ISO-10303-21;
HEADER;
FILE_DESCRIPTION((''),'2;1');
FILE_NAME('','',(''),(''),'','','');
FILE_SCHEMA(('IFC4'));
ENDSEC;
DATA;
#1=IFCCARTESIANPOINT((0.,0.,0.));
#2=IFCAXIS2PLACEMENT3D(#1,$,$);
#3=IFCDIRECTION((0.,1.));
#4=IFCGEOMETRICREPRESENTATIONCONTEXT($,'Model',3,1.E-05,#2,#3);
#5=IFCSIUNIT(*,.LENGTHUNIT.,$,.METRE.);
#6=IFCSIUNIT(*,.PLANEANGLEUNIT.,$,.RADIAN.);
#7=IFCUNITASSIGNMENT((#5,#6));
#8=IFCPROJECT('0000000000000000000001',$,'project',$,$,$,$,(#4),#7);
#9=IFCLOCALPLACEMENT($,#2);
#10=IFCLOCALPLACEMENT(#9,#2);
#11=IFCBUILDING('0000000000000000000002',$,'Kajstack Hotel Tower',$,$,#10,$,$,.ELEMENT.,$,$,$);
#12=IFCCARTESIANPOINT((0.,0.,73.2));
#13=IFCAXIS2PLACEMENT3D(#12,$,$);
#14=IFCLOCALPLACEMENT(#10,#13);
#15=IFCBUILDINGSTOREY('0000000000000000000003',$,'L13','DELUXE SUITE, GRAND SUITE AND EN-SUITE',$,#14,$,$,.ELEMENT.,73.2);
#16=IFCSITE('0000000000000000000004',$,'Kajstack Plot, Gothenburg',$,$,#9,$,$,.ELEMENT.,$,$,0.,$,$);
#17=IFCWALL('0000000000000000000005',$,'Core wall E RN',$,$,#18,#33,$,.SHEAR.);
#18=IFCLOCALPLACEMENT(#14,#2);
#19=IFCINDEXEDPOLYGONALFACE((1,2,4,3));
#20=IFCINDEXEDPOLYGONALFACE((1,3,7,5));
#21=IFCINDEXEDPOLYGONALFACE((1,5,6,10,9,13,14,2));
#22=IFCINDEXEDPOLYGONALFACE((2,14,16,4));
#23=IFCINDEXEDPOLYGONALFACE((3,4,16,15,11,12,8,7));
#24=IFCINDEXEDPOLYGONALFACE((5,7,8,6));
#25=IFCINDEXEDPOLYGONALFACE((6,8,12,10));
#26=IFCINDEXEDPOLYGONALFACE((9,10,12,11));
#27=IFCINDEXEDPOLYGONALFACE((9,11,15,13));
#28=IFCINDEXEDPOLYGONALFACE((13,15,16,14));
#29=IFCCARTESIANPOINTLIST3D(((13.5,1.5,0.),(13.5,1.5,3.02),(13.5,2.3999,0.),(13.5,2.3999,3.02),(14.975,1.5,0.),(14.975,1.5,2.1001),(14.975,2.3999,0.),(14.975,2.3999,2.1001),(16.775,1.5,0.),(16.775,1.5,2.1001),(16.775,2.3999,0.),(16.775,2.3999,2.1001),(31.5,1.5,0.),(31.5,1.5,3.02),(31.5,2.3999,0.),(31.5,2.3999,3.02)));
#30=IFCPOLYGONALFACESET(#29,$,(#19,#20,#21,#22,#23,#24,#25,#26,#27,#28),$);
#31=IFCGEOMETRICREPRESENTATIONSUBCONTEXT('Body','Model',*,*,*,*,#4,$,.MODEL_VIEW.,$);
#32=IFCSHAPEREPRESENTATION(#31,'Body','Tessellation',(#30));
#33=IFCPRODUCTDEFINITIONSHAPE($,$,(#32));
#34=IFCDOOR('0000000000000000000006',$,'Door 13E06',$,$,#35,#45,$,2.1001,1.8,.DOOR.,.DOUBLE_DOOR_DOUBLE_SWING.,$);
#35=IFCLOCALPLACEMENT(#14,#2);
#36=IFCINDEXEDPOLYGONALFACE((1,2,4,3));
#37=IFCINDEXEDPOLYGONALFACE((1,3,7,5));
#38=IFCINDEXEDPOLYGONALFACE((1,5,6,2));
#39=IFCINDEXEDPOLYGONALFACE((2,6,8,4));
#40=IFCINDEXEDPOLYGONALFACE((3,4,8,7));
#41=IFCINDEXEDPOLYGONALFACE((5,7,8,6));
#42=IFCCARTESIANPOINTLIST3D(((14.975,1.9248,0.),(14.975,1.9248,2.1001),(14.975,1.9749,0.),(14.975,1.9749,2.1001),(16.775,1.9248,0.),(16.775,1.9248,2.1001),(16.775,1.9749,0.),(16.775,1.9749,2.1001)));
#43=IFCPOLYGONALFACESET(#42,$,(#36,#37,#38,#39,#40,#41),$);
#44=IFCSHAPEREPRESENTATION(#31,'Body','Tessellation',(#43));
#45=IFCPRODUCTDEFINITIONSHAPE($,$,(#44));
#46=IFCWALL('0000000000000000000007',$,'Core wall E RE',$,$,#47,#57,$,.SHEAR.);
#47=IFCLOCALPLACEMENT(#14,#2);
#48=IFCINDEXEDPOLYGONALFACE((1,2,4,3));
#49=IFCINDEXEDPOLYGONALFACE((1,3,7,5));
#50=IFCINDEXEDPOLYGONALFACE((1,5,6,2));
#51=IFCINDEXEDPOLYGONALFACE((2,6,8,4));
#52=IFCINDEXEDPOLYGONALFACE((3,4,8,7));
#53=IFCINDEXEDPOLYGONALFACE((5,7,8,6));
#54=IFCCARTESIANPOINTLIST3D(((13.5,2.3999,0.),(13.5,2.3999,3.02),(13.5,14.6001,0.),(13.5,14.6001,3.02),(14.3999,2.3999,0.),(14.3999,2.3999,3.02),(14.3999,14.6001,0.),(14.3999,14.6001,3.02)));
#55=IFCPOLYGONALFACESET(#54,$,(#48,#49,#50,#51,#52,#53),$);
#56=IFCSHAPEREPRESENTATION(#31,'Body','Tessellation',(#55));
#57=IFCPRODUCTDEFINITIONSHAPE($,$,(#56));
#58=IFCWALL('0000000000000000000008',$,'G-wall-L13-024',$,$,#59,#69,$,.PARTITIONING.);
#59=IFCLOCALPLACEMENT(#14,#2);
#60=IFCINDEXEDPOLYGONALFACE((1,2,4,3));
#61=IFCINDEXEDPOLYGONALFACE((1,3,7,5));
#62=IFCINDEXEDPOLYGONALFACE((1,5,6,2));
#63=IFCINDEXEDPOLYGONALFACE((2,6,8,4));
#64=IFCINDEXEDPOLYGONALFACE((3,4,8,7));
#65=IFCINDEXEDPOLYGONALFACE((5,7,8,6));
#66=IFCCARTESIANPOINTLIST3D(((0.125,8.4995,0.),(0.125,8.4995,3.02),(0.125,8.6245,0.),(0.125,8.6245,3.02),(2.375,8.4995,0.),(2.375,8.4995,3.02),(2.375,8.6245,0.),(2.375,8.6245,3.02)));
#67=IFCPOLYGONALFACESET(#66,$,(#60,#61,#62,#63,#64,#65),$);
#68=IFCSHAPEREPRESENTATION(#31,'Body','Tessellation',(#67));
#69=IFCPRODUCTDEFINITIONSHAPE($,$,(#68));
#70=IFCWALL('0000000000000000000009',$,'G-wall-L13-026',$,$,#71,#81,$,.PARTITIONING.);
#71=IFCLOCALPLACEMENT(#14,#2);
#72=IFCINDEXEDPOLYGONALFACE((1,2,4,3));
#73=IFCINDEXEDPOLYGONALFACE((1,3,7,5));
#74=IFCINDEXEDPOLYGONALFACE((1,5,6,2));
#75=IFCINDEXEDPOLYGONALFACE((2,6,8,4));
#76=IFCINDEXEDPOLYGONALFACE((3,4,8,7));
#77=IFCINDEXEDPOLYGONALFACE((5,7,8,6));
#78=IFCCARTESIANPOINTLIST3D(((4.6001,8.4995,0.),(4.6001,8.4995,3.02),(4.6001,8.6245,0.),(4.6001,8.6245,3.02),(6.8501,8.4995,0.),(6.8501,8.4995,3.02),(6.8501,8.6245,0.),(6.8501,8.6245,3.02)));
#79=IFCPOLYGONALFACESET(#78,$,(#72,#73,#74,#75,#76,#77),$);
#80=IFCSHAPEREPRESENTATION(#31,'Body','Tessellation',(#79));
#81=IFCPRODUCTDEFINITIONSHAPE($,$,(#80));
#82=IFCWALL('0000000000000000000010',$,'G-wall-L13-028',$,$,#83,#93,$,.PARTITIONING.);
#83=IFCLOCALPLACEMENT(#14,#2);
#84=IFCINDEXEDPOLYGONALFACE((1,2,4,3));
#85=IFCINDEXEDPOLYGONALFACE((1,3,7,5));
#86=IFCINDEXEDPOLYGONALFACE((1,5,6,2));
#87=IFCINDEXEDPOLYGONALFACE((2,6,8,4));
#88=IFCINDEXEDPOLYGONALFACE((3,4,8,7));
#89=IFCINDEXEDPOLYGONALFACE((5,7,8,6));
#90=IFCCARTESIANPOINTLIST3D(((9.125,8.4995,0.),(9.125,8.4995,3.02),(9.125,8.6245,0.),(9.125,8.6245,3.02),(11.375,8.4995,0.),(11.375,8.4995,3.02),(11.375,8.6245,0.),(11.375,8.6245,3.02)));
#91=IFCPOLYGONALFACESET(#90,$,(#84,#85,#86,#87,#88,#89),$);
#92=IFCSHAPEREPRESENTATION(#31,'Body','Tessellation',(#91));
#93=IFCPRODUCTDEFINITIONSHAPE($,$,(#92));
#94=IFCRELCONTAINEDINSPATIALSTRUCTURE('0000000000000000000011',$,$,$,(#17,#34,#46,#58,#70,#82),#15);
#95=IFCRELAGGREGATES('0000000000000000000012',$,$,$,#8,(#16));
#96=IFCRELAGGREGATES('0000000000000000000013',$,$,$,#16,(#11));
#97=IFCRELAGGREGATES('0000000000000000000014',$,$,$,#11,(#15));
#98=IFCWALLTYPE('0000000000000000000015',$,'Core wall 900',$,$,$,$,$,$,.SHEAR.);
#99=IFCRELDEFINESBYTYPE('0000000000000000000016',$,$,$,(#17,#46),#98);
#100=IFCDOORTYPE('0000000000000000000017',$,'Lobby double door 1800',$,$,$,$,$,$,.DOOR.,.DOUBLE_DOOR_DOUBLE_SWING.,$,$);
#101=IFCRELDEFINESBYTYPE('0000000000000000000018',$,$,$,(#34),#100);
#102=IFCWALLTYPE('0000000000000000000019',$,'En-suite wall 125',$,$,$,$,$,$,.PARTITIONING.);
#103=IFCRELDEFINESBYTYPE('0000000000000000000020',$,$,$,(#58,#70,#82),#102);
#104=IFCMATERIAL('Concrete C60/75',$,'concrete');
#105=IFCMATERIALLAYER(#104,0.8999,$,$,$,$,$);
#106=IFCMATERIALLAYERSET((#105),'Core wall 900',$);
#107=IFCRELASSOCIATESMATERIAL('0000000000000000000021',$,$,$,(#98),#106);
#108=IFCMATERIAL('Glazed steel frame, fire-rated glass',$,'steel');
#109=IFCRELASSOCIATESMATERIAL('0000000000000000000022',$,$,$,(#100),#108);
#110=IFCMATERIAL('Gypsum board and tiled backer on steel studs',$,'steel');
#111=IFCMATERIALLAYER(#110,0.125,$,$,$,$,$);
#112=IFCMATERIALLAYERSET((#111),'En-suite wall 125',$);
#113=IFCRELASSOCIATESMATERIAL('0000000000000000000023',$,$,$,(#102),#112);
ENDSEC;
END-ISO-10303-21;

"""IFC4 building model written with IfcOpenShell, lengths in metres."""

from ifc_helpers import new_model, si_unit, direction, frame, frame_2d, origin, place, context, subcontext, project, spatial, rectangle, extrude, material, layer, layer_set, type_object, element, fill, save


model = new_model("IFC4")

# Units and contexts
model_context = context("Model", 3, precision=1e-05, world=origin(), true_north=direction((0.0, 1.0)))
body_context = subcontext(model_context, "Body", "Model", "MODEL_VIEW")
ifc_project = project(units=[si_unit("LENGTHUNIT", "METRE"), si_unit("PLANEANGLEUNIT", "RADIAN")], contexts=[model_context])

# Site, building, storey
site_placement = place(None, origin())
site = spatial("IfcSite", under=ifc_project, at=site_placement, Name="Kajstack Plot, Gothenburg", CompositionType="ELEMENT", RefElevation=0.0)
building_placement = place(site_placement, origin())
building = spatial("IfcBuilding", under=site, at=building_placement, Name="Kajstack Hotel Tower", CompositionType="ELEMENT")
storey_placement = place(building_placement, frame((0.0, 0.0, 73.2)))
storey = spatial("IfcBuildingStorey", under=building, at=storey_placement, Name="L13", Description="DELUXE SUITE, GRAND SUITE AND EN-SUITE", CompositionType="ELEMENT", Elevation=73.2)

# Wall, opening, door
ifc_material_1 = material(Name="Concrete C60/75", Category="concrete")
ifc_layer_1 = layer(ifc_material_1, 0.8999)
ifc_layer_set_1 = layer_set([ifc_layer_1], Name="Core wall 900")
wall_type_1 = type_object("IfcWallType", Name="Core wall 900", PredefinedType="SHEAR", material=ifc_layer_set_1)
wall_1_placement = place(storey_placement, frame((13.5, 1.95, 0.0), z_axis=(0.0, 0.0, 1.0), x_axis=(1.0, 0.0, 0.0)))
wall_1 = element("IfcWall", 1, at=wall_1_placement, inside=storey, type_object=wall_type_1, Name="Core wall E RN", PredefinedType="SHEAR", context=body_context, shape_type="SweptSolid", body=[
    extrude(rectangle(XDim=18.0, YDim=0.8999, at=frame_2d((9.0, 0.0))), origin(), (0.0, 0.0, 1.0), 3.02),
])
opening_placement = place(wall_1_placement, frame((1.4751, 0.0, 0.0)))
opening = element("IfcOpeningElement", 2, at=opening_placement, cuts=wall_1, PredefinedType="OPENING", context=body_context, shape_type="SweptSolid", body=[
    extrude(rectangle(XDim=1.8, YDim=2.1001, at=frame_2d((0.8999, 1.05))), frame((0.0, 0.46, 0.0), z_axis=(0.0, -1.0, 0.0), x_axis=(1.0, 0.0, 0.0)), (0.0, 0.0, 1.0), 0.9199),
])
ifc_material_2 = material(Name="Glazed steel frame, fire-rated glass", Category="steel")
door_type = type_object("IfcDoorType", Name="Lobby double door 1800", OperationType="DOUBLE_DOOR_DOUBLE_SWING", PredefinedType="DOOR", material=ifc_material_2)
door_placement = place(opening_placement, origin())
door = element("IfcDoor", 3, at=door_placement, inside=storey, type_object=door_type, Name="Door 13E06", OperationType="DOUBLE_DOOR_DOUBLE_SWING", OverallHeight=2.1001, OverallWidth=1.8, PredefinedType="DOOR", context=body_context, shape_type="SweptSolid", body=[
    extrude(rectangle(XDim=1.8, YDim=2.1001, at=frame_2d((0.8999, 1.05))), frame((0.0, 0.0249, 0.0), z_axis=(0.0, -1.0, 0.0), x_axis=(1.0, 0.0, 0.0)), (0.0, 0.0, 1.0), 0.05),
])
fill(opening, door)

# Walls
wall_2_placement = place(storey_placement, frame((13.95, 2.3999, 0.0), z_axis=(0.0, 0.0, 1.0), x_axis=(0.0, 1.0, 0.0)))
element("IfcWall", 4, at=wall_2_placement, inside=storey, type_object=wall_type_1, Name="Core wall E RE", PredefinedType="SHEAR", context=body_context, shape_type="SweptSolid", body=[
    extrude(rectangle(XDim=12.2002, YDim=0.8999, at=frame_2d((6.1001, 0.0))), origin(), (0.0, 0.0, 1.0), 3.02),
])
ifc_material_3 = material(Name="Gypsum board and tiled backer on steel studs", Category="steel")
ifc_layer_2 = layer(ifc_material_3, 0.125)
ifc_layer_set_2 = layer_set([ifc_layer_2], Name="En-suite wall 125")
wall_type_2 = type_object("IfcWallType", Name="En-suite wall 125", PredefinedType="PARTITIONING", material=ifc_layer_set_2)
for number, where, z_axis, x_axis, name in (
    (5, (0.125, 8.562, 0.0), (0.0, 0.0, 1.0), (1.0, 0.0, 0.0), "G-wall-L13-024"),
    (6, (4.6001, 8.562, 0.0), (0.0, 0.0, 1.0), (1.0, 0.0, 0.0), "G-wall-L13-026"),
    (7, (9.125, 8.562, 0.0), (0.0, 0.0, 1.0), (1.0, 0.0, 0.0), "G-wall-L13-028"),
):
    element("IfcWall", number, at=place(storey_placement, frame(where, z_axis=z_axis, x_axis=x_axis)), inside=storey, type_object=wall_type_2, Name=name, PredefinedType="PARTITIONING", context=body_context, shape_type="SweptSolid", body=[
        extrude(rectangle(XDim=2.25, YDim=0.125, at=frame_2d((1.125, 0.0))), origin(), (0.0, 0.0, 1.0), 3.02),
    ])

save(model, "model.ifc")
